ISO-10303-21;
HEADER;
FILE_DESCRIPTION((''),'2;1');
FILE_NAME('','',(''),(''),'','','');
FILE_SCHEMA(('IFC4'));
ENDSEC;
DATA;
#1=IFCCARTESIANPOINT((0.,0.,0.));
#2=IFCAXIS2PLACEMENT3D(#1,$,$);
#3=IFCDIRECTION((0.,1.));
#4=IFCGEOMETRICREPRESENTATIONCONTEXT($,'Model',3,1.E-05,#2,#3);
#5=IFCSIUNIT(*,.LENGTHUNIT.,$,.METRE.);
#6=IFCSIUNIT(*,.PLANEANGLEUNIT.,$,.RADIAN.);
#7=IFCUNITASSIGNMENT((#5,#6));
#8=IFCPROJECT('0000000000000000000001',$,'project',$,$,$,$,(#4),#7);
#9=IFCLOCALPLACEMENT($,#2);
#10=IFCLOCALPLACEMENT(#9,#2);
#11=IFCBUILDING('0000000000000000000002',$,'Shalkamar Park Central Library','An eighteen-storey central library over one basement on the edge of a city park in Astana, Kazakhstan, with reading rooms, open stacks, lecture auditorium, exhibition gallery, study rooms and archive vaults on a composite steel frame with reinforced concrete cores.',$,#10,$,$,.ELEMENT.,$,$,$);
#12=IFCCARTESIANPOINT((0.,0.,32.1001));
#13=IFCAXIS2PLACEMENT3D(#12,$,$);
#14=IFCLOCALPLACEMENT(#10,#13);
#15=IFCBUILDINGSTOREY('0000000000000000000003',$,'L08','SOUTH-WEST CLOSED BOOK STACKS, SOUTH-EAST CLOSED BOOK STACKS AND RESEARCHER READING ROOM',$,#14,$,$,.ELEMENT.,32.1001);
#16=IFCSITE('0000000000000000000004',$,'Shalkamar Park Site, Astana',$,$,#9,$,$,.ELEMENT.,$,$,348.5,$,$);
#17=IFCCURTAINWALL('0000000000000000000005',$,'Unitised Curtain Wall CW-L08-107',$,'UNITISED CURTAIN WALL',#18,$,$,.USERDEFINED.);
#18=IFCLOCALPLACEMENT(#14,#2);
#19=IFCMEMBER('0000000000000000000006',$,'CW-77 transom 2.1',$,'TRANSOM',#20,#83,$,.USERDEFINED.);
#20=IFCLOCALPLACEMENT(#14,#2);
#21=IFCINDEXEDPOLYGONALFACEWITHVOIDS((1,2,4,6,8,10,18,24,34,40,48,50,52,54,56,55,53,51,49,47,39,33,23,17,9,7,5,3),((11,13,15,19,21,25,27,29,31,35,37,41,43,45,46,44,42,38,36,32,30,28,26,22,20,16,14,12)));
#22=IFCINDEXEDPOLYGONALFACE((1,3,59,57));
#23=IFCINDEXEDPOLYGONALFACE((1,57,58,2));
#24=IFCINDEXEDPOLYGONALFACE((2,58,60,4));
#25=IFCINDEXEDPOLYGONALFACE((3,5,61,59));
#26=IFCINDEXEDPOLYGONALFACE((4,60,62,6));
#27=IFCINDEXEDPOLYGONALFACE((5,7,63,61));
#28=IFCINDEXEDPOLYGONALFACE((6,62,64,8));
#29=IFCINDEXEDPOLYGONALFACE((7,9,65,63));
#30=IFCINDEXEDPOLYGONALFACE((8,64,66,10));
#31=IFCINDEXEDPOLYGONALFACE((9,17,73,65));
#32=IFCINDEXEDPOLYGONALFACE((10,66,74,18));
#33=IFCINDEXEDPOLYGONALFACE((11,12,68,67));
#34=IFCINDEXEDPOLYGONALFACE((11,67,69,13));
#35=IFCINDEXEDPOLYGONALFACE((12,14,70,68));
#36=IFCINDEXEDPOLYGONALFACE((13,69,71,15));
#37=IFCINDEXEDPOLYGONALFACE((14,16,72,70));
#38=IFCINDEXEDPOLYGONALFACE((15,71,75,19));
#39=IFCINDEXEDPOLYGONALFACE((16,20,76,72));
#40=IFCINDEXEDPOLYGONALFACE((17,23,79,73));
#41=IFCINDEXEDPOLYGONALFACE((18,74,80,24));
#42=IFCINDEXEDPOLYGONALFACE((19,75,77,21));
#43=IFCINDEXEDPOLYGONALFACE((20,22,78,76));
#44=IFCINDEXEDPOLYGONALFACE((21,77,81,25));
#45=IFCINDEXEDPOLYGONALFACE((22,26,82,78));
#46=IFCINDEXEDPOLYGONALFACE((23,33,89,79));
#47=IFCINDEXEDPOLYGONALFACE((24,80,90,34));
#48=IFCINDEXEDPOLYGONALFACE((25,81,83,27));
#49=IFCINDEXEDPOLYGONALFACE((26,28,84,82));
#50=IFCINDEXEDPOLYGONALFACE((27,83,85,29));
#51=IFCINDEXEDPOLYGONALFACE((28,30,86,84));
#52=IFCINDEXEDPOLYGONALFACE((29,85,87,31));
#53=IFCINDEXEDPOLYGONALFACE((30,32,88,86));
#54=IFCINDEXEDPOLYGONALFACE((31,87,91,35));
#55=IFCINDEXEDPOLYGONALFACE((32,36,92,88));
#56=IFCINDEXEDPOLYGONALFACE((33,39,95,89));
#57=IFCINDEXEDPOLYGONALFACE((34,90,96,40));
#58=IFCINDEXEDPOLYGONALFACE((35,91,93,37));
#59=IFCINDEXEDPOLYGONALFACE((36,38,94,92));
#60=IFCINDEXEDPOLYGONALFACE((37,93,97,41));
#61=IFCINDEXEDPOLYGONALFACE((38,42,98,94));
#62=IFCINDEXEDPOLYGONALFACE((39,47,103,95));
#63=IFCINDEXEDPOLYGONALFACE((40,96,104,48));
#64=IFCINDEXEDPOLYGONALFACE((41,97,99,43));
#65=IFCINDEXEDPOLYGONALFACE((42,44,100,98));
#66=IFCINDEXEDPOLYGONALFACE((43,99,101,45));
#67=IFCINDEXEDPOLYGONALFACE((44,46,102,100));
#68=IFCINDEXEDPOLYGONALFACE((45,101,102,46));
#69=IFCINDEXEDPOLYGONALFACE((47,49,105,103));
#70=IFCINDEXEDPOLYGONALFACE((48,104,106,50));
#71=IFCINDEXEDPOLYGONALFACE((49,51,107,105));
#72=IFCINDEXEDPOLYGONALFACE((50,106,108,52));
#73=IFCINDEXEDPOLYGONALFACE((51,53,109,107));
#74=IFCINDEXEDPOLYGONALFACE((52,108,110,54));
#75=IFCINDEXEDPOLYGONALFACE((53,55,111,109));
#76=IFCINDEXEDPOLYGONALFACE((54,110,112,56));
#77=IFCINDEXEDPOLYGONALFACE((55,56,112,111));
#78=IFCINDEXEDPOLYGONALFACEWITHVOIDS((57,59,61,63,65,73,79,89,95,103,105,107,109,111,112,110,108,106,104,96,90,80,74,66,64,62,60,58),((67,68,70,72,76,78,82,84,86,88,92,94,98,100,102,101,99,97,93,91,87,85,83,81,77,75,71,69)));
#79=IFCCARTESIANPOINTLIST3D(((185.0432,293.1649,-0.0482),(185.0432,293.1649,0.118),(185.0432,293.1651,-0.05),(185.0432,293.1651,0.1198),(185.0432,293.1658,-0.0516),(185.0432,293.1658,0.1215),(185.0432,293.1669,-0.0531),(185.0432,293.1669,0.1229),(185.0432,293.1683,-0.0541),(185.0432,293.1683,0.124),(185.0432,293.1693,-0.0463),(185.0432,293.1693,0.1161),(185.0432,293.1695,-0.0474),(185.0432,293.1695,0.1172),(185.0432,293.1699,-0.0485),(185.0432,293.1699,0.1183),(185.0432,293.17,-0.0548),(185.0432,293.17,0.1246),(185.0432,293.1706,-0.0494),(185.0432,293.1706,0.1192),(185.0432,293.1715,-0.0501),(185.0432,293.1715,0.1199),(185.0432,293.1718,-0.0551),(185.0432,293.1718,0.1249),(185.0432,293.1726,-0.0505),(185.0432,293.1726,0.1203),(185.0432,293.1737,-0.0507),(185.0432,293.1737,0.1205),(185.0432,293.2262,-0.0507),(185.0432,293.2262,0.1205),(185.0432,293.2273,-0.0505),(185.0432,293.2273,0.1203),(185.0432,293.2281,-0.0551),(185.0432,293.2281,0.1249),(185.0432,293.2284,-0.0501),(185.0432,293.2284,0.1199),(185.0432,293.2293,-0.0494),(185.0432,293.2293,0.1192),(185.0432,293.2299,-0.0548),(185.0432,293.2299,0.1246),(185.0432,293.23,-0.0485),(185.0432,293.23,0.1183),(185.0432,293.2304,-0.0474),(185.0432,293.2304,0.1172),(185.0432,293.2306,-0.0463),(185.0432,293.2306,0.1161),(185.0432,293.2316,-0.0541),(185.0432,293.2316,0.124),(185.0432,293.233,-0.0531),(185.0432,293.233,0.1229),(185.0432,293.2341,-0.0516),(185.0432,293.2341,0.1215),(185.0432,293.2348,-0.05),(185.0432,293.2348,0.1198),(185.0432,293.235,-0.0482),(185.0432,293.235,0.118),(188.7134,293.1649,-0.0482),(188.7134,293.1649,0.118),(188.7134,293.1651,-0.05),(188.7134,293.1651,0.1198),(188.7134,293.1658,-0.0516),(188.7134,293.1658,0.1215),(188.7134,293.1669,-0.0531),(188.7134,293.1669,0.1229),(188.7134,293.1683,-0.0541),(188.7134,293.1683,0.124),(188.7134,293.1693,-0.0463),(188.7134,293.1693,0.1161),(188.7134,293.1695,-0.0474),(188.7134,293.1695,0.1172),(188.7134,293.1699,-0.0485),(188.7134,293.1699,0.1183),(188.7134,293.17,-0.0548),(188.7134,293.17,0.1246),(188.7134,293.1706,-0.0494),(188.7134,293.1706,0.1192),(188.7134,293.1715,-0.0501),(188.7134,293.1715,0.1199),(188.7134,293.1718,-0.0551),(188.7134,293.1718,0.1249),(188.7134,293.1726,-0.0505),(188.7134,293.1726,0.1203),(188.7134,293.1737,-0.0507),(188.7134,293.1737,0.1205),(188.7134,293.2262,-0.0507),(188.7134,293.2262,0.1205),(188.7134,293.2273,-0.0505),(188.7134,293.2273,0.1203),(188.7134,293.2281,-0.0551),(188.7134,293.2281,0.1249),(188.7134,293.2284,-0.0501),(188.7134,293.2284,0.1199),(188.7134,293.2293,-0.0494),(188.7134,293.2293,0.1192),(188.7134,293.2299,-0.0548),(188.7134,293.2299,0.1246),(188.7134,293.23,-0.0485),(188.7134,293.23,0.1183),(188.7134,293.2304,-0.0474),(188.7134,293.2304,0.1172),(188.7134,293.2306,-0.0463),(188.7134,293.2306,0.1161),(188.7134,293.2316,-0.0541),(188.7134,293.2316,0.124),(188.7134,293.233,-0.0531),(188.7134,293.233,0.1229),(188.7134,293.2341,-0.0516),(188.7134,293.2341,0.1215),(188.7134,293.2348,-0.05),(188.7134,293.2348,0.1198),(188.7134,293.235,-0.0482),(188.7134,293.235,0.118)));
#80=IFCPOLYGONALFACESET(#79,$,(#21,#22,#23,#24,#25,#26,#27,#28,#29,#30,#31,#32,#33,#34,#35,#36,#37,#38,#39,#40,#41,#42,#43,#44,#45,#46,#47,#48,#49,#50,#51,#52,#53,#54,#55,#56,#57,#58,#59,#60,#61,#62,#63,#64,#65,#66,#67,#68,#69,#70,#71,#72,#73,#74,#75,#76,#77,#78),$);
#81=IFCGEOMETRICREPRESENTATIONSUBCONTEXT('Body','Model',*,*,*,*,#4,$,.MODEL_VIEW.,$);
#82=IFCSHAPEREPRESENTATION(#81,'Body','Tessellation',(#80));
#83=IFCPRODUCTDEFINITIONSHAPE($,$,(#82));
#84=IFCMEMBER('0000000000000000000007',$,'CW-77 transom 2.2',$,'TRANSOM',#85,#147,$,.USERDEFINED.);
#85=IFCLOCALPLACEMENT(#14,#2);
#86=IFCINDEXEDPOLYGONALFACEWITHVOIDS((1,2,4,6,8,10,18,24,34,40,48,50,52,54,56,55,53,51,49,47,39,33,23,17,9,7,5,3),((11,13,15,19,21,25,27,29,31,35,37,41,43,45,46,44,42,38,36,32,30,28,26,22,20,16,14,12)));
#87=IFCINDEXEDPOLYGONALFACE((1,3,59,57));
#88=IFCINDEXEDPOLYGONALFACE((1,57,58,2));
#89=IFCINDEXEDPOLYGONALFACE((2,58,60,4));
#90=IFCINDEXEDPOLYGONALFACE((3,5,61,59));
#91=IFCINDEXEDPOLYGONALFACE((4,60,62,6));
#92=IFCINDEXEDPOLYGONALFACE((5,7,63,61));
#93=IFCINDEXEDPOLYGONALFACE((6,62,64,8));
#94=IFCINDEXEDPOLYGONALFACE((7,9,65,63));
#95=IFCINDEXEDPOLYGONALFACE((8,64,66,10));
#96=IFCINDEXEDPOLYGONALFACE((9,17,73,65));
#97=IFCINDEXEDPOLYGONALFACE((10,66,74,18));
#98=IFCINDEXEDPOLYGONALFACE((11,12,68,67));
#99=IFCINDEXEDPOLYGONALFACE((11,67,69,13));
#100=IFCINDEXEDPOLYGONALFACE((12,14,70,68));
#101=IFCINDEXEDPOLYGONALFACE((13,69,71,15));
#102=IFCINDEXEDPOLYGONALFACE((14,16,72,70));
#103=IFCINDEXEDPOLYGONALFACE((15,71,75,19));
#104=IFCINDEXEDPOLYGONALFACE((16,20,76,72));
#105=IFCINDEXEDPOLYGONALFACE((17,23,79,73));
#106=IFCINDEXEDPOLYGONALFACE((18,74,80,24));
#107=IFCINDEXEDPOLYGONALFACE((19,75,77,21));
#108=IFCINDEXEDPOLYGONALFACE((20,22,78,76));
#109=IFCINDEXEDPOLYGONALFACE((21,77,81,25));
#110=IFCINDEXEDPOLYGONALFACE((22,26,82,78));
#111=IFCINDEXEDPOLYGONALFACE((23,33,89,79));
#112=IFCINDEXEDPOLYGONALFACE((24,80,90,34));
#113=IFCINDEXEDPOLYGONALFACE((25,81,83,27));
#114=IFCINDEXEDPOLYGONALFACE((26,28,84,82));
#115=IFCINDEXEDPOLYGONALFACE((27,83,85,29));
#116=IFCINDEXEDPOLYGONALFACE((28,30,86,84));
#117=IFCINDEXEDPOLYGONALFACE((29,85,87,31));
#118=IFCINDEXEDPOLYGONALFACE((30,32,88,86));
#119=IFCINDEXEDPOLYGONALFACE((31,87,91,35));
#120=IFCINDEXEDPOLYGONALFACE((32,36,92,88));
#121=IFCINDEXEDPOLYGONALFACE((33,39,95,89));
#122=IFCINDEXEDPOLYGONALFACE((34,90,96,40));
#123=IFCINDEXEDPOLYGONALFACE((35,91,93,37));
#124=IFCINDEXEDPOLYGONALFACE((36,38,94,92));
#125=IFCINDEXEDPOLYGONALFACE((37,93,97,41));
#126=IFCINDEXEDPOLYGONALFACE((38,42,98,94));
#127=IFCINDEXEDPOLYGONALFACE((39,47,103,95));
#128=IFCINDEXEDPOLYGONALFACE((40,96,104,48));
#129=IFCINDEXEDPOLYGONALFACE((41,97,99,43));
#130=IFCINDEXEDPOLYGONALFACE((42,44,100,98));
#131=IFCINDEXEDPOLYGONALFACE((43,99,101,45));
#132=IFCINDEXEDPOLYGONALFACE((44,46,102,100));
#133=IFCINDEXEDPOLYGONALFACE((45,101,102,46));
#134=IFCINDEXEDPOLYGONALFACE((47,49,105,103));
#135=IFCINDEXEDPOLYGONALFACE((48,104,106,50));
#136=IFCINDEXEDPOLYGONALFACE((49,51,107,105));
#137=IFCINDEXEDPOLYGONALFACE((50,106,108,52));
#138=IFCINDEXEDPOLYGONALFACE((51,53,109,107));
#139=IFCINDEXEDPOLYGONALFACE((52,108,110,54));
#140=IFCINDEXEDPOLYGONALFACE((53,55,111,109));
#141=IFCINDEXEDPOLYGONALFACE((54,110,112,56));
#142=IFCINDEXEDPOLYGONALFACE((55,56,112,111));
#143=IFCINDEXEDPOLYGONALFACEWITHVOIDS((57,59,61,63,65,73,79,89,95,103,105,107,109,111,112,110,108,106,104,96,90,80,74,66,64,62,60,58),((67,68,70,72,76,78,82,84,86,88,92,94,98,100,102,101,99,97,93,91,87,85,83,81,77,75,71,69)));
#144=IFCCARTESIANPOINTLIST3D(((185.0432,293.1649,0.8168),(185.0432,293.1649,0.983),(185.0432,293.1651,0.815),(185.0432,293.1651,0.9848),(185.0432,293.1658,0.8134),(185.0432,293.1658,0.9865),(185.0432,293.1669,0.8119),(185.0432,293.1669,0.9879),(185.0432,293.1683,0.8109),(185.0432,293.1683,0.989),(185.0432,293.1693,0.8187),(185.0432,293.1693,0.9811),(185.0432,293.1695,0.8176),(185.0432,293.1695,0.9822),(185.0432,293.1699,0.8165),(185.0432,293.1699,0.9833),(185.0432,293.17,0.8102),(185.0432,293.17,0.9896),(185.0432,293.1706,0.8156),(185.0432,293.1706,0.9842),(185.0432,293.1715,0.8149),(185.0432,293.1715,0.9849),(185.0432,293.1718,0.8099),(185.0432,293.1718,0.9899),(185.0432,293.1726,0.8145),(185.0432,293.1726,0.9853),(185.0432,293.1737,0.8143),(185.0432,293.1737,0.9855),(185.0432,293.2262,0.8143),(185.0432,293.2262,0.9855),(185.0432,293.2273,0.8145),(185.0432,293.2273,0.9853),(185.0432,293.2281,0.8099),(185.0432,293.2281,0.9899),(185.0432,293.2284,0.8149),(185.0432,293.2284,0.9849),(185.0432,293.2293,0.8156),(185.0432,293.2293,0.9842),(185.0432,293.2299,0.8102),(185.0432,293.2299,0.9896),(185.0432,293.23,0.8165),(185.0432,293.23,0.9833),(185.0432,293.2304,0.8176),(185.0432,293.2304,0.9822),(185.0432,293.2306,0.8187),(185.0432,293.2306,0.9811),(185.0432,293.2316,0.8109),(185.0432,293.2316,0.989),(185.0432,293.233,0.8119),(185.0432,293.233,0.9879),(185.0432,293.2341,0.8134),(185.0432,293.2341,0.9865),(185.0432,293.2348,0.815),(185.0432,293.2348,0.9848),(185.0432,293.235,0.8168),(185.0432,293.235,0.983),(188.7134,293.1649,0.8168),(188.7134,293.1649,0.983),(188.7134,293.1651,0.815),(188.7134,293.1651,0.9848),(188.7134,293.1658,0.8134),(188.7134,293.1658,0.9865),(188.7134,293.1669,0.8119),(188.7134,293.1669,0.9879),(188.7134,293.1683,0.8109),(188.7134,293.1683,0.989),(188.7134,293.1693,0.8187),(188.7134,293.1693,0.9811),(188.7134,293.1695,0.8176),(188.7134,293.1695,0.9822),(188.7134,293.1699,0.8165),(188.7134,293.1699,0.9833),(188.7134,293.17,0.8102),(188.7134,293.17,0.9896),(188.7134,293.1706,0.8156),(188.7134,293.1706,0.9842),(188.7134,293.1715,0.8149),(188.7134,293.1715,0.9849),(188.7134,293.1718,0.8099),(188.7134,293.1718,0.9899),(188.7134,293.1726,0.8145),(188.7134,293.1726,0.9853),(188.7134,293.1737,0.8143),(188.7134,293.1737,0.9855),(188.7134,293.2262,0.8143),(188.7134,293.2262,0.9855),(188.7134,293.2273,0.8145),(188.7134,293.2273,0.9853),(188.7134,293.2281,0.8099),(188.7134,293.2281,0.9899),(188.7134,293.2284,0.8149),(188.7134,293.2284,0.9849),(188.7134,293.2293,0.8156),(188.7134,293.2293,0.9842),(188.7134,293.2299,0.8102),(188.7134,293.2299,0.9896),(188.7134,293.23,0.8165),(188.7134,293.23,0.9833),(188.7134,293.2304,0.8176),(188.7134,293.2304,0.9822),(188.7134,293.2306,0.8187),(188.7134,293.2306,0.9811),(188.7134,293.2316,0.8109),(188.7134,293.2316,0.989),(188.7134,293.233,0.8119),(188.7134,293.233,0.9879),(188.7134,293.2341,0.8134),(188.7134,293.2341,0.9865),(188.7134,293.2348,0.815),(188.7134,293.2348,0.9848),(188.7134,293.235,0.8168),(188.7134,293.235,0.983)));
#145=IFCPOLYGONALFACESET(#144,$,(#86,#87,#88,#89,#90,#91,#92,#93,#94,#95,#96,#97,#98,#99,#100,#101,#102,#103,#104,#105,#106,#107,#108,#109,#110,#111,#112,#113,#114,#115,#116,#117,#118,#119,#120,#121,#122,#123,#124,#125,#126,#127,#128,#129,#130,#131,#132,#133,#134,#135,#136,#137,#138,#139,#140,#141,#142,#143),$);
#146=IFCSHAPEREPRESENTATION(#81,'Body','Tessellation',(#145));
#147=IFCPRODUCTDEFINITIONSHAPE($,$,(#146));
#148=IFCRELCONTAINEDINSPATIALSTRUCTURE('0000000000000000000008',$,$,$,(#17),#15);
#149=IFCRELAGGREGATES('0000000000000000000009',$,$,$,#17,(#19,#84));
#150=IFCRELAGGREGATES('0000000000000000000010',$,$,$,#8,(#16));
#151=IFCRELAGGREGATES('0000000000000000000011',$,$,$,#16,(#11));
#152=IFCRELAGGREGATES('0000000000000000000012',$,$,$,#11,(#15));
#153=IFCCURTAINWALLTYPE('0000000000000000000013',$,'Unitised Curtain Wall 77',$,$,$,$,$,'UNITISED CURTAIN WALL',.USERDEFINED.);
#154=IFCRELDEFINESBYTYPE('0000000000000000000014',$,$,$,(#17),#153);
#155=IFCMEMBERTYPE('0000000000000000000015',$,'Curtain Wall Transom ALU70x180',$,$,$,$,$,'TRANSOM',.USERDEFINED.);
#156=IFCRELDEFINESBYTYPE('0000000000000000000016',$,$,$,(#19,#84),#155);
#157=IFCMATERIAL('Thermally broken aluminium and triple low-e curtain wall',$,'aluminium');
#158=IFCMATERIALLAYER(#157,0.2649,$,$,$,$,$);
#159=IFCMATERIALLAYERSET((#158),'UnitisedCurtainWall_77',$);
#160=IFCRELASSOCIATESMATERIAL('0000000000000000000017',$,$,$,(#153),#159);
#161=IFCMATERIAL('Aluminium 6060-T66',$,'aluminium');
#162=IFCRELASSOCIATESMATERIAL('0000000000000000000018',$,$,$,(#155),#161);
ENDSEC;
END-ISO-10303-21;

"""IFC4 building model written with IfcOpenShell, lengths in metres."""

from ifc_helpers import new_model, si_unit, direction, frame, origin, origin_2d, place, context, subcontext, project, spatial, hollow_rectangle, extrude, material, layer, layer_set, material_profile, profile_set, type_object, element, aggregate, save


model = new_model("IFC4")

# Units and contexts
model_context = context("Model", 3, precision=1e-05, world=origin(), true_north=direction((0.0, 1.0)))
body_context = subcontext(model_context, "Body", "Model", "MODEL_VIEW")
ifc_project = project(units=[si_unit("LENGTHUNIT", "METRE"), si_unit("PLANEANGLEUNIT", "RADIAN")], contexts=[model_context])

# Site, building, storey
site_placement = place(None, origin())
site = spatial("IfcSite", under=ifc_project, at=site_placement, Name="Shalkamar Park Site, Astana", CompositionType="ELEMENT", RefElevation=348.5)
building_placement = place(site_placement, origin())
building = spatial("IfcBuilding", under=site, at=building_placement, Name="Shalkamar Park Central Library", Description="An eighteen-storey central library over one basement on the edge of a city park in Astana, Kazakhstan, with reading rooms, open stacks, lecture auditorium, exhibition gallery, study rooms and archive vaults on a composite steel frame with reinforced concrete cores.", CompositionType="ELEMENT")
storey_placement = place(building_placement, frame((0.0, 0.0, 32.1001)))
storey = spatial("IfcBuildingStorey", under=building, at=storey_placement, Name="L08", Description="SOUTH-WEST CLOSED BOOK STACKS, SOUTH-EAST CLOSED BOOK STACKS AND RESEARCHER READING ROOM", CompositionType="ELEMENT", Elevation=32.1001)

# Curtain wall
ifc_material_1 = material(Name="Thermally broken aluminium and triple low-e curtain wall", Category="aluminium")
ifc_layer_1 = layer(ifc_material_1, 0.2649)
ifc_layer_set_1 = layer_set([ifc_layer_1], Name="UnitisedCurtainWall_77")
curtain_wall_type_1 = type_object("IfcCurtainWallType", Name="Unitised Curtain Wall 77", ElementType="UNITISED CURTAIN WALL", PredefinedType="USERDEFINED", material=ifc_layer_set_1)
curtain_wall_1_placement = place(storey_placement, origin())
curtain_wall_1 = element("IfcCurtainWall", 1, at=curtain_wall_1_placement, inside=storey, type_object=curtain_wall_type_1, Name="Unitised Curtain Wall CW-L08-107", ObjectType="UNITISED CURTAIN WALL", PredefinedType="USERDEFINED")
ifc_material_2 = material(Name="Aluminium 6060-T66", Category="aluminium")

# Members
ifc_material_profile_1 = material_profile(ifc_material_2, hollow_rectangle(XDim=0.0701, YDim=0.1799, WallThickness=0.0044, InnerFilletRadius=0.0044, OuterFilletRadius=0.0068, at=origin_2d()), Name="ALU 70x180x4.5")
ifc_profile_set_1 = profile_set([ifc_material_profile_1], Name="Aluminium 6060-T66")
member_type_1 = type_object("IfcMemberType", Name="Curtain Wall Transom ALU70x180", ElementType="TRANSOM", PredefinedType="USERDEFINED", material=ifc_profile_set_1)
member_1_placement = place(storey_placement, frame((185.0432, 293.2, 0.0349), z_axis=(1.0, 0.0, 0.0), x_axis=(0.0, 1.0, 0.0)))
member_1 = element("IfcMember", 2, at=member_1_placement, type_object=member_type_1, Name="CW-77 transom 2.1", ObjectType="TRANSOM", PredefinedType="USERDEFINED", context=body_context, shape_type="SweptSolid", body=[
    extrude(hollow_rectangle(XDim=0.0701, YDim=0.1799, WallThickness=0.0044, InnerFilletRadius=0.0044, OuterFilletRadius=0.0068, at=origin_2d()), origin(), (0.0, 0.0, 1.0), 3.6702),
])
member_2_placement = place(storey_placement, frame((185.0432, 293.2, 0.8999), z_axis=(1.0, 0.0, 0.0), x_axis=(0.0, 1.0, 0.0)))
member_2 = element("IfcMember", 3, at=member_2_placement, type_object=member_type_1, Name="CW-77 transom 2.2", ObjectType="TRANSOM", PredefinedType="USERDEFINED", context=body_context, shape_type="SweptSolid", body=[
    extrude(hollow_rectangle(XDim=0.0701, YDim=0.1799, WallThickness=0.0044, InnerFilletRadius=0.0044, OuterFilletRadius=0.0068, at=origin_2d()), origin(), (0.0, 0.0, 1.0), 3.6702),
])

aggregate(curtain_wall_1, [member_1, member_2])

save(model, "model.ifc")
